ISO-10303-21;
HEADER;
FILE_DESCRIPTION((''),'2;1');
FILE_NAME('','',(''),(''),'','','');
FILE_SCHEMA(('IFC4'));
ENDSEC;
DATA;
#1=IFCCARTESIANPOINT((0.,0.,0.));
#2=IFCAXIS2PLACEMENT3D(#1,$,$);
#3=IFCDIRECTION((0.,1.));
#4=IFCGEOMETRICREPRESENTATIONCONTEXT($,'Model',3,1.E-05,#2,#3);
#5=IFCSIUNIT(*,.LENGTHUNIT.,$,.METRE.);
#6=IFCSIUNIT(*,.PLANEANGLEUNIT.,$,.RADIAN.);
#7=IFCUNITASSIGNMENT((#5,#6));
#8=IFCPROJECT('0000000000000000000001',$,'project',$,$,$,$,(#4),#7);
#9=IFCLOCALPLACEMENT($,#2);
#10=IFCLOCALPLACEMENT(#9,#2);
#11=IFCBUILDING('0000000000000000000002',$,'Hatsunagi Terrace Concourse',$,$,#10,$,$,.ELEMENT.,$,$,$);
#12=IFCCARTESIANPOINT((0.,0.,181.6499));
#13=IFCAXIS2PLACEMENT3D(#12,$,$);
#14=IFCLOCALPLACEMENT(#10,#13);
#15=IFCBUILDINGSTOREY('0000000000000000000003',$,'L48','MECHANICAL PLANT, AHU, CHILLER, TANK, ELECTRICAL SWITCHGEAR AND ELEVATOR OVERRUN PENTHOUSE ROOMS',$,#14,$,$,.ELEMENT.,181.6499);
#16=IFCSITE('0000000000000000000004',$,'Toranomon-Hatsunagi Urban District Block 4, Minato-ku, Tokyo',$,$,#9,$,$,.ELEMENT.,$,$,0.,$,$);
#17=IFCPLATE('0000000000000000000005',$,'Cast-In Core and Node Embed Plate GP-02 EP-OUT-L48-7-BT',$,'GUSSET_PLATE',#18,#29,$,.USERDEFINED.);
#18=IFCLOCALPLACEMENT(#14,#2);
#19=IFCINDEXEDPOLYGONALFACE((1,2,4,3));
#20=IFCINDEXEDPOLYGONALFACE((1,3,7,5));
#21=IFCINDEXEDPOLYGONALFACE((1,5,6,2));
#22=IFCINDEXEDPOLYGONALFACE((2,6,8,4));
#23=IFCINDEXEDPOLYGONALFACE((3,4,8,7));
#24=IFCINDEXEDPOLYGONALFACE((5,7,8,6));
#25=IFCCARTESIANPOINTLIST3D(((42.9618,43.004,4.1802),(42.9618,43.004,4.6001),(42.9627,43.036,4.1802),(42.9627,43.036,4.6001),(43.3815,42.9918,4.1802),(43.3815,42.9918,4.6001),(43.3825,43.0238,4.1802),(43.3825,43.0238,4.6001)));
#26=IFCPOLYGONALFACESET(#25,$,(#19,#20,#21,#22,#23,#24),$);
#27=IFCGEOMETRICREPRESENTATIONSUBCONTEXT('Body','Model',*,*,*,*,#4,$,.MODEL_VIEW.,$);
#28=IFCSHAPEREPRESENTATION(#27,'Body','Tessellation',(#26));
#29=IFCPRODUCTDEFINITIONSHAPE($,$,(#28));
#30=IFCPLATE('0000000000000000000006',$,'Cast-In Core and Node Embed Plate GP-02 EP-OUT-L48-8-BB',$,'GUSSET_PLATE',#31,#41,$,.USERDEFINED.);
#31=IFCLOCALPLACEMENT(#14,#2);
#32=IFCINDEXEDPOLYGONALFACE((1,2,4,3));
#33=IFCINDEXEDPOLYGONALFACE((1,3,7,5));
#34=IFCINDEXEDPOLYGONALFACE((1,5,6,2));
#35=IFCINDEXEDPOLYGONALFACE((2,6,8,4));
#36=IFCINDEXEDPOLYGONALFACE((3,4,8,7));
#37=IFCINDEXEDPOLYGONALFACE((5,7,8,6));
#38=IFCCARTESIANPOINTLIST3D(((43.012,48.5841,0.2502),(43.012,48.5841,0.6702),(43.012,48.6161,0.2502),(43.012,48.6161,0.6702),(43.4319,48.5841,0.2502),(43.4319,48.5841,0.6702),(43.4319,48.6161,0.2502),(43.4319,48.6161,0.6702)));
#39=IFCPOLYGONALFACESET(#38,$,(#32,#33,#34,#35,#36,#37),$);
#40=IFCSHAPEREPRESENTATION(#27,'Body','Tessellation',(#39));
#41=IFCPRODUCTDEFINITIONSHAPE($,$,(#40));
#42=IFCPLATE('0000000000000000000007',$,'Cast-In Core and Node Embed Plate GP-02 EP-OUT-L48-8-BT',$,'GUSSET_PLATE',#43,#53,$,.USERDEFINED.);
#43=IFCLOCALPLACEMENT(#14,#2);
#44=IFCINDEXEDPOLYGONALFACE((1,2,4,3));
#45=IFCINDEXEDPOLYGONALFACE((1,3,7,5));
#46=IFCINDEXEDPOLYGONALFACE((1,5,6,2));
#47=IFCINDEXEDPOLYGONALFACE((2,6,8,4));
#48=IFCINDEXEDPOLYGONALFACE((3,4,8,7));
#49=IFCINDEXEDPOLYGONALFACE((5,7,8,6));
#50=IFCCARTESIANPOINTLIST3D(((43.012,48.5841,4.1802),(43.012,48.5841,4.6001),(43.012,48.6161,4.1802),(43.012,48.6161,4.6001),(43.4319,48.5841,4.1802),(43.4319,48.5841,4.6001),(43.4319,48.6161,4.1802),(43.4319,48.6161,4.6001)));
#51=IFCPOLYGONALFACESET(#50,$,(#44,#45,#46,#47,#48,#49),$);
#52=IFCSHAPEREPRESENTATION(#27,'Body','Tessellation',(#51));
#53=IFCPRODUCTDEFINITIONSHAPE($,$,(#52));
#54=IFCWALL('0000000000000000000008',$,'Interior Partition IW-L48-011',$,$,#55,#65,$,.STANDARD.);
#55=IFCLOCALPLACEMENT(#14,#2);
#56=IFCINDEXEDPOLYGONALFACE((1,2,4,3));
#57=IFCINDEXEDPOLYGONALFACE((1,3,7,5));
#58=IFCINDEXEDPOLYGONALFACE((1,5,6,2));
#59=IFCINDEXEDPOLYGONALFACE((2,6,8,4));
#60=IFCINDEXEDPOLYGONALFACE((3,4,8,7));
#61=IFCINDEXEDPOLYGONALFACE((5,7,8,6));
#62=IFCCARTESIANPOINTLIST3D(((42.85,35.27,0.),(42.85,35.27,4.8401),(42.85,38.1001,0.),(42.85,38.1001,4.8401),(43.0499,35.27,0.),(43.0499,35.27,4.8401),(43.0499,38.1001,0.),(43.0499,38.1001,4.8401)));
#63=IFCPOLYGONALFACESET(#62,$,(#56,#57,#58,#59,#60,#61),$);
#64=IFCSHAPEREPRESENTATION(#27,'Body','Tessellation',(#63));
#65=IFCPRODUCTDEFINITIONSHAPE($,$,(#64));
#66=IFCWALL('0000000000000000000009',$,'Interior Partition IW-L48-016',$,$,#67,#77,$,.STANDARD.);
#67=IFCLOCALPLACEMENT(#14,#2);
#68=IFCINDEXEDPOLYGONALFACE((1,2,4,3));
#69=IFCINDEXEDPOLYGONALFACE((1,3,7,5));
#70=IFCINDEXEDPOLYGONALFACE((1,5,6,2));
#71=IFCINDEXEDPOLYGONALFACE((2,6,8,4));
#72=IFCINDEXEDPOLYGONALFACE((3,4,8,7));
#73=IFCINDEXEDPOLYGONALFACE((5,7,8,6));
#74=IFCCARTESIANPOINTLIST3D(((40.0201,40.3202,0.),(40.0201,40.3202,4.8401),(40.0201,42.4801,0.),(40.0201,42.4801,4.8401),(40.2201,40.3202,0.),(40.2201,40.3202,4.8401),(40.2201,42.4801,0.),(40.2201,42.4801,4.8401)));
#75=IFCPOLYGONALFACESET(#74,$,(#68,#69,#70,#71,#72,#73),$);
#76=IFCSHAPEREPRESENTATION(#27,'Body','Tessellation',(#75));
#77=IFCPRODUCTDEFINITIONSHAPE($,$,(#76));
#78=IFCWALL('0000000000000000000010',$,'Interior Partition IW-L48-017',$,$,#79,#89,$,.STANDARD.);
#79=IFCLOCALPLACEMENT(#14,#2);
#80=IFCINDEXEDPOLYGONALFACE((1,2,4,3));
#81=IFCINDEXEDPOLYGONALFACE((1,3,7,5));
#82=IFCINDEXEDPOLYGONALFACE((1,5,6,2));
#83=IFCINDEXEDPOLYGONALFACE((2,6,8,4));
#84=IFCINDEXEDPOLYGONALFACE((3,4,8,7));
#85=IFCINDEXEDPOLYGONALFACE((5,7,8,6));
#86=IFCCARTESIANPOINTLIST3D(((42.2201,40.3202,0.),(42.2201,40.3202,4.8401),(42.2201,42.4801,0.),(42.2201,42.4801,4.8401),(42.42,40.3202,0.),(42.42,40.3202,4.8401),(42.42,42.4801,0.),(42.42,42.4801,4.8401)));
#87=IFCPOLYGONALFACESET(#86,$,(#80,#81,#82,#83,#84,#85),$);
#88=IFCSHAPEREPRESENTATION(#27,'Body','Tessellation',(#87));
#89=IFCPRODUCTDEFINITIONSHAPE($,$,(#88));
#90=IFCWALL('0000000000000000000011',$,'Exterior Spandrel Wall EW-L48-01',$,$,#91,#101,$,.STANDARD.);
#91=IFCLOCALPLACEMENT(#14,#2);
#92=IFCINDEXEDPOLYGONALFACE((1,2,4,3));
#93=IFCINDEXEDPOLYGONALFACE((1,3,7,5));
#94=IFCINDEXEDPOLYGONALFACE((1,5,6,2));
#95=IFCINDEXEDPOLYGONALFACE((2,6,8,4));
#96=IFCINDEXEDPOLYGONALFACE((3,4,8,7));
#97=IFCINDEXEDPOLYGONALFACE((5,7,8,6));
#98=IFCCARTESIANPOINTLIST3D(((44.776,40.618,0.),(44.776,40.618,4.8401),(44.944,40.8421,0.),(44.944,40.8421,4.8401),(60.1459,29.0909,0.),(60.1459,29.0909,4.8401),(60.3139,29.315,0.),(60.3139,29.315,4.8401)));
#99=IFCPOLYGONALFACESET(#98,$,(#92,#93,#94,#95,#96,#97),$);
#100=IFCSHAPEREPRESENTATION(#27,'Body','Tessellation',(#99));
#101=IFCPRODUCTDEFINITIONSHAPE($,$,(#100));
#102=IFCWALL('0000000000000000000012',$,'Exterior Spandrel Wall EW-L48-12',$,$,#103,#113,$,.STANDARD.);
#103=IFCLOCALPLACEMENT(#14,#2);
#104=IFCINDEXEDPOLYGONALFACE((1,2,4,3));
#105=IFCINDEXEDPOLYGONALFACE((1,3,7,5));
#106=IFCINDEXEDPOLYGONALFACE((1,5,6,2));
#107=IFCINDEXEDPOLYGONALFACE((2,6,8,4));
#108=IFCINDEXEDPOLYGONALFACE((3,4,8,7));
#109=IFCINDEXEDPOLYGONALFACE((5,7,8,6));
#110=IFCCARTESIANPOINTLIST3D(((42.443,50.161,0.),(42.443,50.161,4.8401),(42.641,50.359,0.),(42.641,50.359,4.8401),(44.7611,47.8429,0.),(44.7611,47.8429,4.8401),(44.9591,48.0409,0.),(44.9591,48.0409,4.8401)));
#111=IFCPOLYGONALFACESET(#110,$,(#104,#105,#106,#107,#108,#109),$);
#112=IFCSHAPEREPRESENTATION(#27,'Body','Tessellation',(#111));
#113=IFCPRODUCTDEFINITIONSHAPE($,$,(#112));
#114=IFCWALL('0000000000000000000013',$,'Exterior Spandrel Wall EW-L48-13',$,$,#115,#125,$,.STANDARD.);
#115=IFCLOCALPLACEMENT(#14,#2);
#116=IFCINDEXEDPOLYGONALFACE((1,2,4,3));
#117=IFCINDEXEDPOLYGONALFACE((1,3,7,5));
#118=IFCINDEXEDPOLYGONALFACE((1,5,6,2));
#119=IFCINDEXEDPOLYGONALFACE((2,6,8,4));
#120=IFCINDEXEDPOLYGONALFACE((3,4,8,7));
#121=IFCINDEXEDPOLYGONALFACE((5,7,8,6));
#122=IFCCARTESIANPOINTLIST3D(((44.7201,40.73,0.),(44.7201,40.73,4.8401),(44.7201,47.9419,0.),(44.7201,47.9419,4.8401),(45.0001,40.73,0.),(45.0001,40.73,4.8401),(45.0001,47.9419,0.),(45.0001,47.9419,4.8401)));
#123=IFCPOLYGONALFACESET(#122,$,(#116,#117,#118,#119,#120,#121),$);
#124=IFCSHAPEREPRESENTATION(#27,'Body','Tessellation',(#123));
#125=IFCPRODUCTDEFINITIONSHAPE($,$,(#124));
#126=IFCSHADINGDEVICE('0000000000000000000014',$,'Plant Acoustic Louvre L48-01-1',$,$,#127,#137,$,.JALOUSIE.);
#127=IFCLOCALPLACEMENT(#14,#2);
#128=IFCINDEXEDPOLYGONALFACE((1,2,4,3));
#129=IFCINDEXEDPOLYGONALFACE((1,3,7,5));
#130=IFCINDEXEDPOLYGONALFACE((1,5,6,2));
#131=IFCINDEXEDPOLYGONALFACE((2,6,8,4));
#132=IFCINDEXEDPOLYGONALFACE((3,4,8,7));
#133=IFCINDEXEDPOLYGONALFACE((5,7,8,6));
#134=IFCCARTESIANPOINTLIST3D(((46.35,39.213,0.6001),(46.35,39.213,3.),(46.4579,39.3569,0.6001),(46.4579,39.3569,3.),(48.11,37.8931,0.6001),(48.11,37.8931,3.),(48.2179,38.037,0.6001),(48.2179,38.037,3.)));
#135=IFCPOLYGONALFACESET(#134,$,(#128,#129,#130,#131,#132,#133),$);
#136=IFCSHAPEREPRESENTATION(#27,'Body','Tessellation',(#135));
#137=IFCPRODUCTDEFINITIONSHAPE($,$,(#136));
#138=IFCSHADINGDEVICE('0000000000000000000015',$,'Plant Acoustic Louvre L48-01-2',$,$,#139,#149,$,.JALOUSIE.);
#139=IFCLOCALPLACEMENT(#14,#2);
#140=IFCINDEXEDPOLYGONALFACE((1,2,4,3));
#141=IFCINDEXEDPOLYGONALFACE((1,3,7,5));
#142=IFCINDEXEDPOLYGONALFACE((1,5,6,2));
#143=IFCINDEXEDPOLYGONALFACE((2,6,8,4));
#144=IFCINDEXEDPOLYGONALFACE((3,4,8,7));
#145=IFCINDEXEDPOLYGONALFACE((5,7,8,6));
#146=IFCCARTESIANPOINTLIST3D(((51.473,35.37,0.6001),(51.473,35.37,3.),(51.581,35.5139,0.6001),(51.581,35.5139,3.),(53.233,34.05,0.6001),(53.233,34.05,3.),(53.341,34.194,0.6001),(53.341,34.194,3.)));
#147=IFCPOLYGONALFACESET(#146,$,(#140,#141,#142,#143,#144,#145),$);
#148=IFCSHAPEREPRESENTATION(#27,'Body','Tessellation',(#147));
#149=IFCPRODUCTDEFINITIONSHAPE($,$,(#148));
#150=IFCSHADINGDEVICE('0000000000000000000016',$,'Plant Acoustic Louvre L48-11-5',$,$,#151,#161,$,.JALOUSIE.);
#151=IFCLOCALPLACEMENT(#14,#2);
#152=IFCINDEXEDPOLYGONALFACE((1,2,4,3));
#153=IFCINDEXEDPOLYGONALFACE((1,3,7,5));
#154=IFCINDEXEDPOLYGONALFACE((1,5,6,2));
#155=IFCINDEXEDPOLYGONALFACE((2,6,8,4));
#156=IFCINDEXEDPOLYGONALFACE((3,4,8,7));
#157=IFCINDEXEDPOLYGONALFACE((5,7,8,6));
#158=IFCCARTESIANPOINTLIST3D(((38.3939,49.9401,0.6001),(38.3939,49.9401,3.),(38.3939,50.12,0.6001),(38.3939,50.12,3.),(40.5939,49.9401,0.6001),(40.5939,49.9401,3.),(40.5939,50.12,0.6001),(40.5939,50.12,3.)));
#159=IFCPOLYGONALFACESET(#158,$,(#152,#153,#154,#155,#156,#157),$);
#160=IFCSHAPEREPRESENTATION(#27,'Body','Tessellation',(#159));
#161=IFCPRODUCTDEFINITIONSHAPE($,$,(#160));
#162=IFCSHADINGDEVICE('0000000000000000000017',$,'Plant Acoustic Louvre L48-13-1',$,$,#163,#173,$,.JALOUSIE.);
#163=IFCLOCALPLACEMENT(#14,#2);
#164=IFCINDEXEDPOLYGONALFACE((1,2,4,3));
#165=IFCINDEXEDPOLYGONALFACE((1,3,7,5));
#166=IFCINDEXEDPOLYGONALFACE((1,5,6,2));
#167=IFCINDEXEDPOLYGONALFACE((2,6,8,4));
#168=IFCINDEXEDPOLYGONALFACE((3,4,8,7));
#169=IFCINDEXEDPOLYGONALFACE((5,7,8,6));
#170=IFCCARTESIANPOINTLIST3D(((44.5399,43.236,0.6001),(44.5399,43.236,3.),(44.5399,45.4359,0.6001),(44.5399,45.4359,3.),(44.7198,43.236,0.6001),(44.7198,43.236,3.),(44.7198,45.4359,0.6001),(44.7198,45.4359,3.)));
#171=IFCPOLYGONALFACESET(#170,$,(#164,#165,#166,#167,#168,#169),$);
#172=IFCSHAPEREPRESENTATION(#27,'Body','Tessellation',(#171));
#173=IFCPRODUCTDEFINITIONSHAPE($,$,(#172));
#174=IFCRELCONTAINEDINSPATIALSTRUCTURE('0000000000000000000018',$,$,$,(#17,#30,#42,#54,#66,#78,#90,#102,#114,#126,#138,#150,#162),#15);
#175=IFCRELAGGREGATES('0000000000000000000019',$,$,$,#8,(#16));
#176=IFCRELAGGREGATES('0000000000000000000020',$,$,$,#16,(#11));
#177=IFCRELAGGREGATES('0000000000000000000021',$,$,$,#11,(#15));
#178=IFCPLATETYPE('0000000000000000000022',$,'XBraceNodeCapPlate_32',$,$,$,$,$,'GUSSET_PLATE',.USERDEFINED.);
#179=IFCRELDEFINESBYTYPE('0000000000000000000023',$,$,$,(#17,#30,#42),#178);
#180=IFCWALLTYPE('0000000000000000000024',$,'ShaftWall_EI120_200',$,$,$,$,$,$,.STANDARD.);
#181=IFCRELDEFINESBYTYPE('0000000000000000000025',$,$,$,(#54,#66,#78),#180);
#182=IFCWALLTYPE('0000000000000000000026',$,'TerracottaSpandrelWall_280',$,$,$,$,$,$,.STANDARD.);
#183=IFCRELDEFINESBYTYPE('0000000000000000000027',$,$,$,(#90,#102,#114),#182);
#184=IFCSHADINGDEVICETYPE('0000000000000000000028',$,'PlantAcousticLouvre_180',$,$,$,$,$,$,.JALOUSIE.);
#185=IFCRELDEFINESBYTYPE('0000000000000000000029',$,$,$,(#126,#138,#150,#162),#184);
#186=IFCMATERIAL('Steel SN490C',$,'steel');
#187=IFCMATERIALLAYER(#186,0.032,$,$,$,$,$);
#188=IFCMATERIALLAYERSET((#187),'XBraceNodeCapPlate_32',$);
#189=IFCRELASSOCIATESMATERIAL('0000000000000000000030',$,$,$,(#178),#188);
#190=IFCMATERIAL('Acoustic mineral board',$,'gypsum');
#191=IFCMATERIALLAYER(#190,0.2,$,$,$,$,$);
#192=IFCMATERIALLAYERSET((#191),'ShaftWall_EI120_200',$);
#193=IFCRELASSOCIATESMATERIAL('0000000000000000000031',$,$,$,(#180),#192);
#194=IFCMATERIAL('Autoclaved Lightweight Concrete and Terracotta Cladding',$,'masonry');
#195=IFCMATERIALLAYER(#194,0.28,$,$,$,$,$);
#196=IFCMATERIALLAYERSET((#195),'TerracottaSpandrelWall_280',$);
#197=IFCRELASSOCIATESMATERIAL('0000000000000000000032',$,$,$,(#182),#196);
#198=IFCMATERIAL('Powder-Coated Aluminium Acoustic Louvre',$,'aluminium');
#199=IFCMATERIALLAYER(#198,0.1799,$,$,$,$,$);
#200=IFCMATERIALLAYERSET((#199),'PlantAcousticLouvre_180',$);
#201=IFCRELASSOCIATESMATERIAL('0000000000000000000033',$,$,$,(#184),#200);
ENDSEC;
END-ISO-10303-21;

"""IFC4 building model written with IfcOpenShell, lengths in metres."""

from ifc_helpers import new_model, si_unit, direction, frame, frame_2d, origin, origin_2d, place, context, subcontext, project, spatial, rectangle, extrude, material, layer, layer_set, type_object, element, save


model = new_model("IFC4")

# Units and contexts
model_context = context("Model", 3, precision=1e-05, world=origin(), true_north=direction((0.0, 1.0)))
body_context = subcontext(model_context, "Body", "Model", "MODEL_VIEW")
ifc_project = project(units=[si_unit("LENGTHUNIT", "METRE"), si_unit("PLANEANGLEUNIT", "RADIAN")], contexts=[model_context])

# Site, building, storey
site_placement = place(None, origin())
site = spatial("IfcSite", under=ifc_project, at=site_placement, Name="Toranomon-Hatsunagi Urban District Block 4, Minato-ku, Tokyo", CompositionType="ELEMENT", RefElevation=0.0)
building_placement = place(site_placement, origin())
building = spatial("IfcBuilding", under=site, at=building_placement, Name="Hatsunagi Terrace Concourse", CompositionType="ELEMENT")
storey_placement = place(building_placement, frame((0.0, 0.0, 181.6499)))
storey = spatial("IfcBuildingStorey", under=building, at=storey_placement, Name="L48", Description="MECHANICAL PLANT, AHU, CHILLER, TANK, ELECTRICAL SWITCHGEAR AND ELEVATOR OVERRUN PENTHOUSE ROOMS", CompositionType="ELEMENT", Elevation=181.6499)

# Plates
ifc_material_1 = material(Name="Steel SN490C", Category="steel")
ifc_layer_1 = layer(ifc_material_1, 0.032)
ifc_layer_set_1 = layer_set([ifc_layer_1], Name="XBraceNodeCapPlate_32")
plate_type_1 = type_object("IfcPlateType", Name="XBraceNodeCapPlate_32", ElementType="GUSSET_PLATE", PredefinedType="USERDEFINED", material=ifc_layer_set_1)
for number, where, z_axis, x_axis, name in (
    (1, (43.1721, 43.0139, 4.1802), (0.0, 0.0, 1.0), (0.999576, -0.029113, 0.0), "Cast-In Core and Node Embed Plate GP-02 EP-OUT-L48-7-BT"),
    (2, (43.2219, 48.6001, 0.2502), (0.0, 0.0, 1.0), (1.0, 0.0, 0.0), "Cast-In Core and Node Embed Plate GP-02 EP-OUT-L48-8-BB"),
    (3, (43.2219, 48.6001, 4.1802), (0.0, 0.0, 1.0), (1.0, 0.0, 0.0), "Cast-In Core and Node Embed Plate GP-02 EP-OUT-L48-8-BT"),
):
    element("IfcPlate", number, at=place(storey_placement, frame(where, z_axis=z_axis, x_axis=x_axis)), inside=storey, type_object=plate_type_1, Name=name, ObjectType="GUSSET_PLATE", PredefinedType="USERDEFINED", context=body_context, shape_type="SweptSolid", body=[
        extrude(rectangle(XDim=0.4199, YDim=0.032, at=origin_2d()), origin(), (0.0, 0.0, 1.0), 0.4199),
    ])

# Walls
ifc_material_2 = material(Name="Acoustic mineral board", Category="gypsum")
ifc_layer_2 = layer(ifc_material_2, 0.2)
ifc_layer_set_2 = layer_set([ifc_layer_2], Name="ShaftWall_EI120_200")
wall_type_1 = type_object("IfcWallType", Name="ShaftWall_EI120_200", PredefinedType="STANDARD", material=ifc_layer_set_2)
wall_1_placement = place(storey_placement, frame((42.95, 35.27, 0.0), z_axis=(0.0, 0.0, 1.0), x_axis=(0.0, 1.0, 0.0)))
element("IfcWall", 4, at=wall_1_placement, inside=storey, type_object=wall_type_1, Name="Interior Partition IW-L48-011", PredefinedType="STANDARD", context=body_context, shape_type="SweptSolid", body=[
    extrude(rectangle(XDim=2.8301, YDim=0.2, at=frame_2d((1.415, 0.0))), origin(), (0.0, 0.0, 1.0), 4.8401),
])
for number, where, z_axis, x_axis, name in (
    (5, (40.1201, 40.3201, 0.0), (0.0, 0.0, 1.0), (0.0, 1.0, 0.0), "Interior Partition IW-L48-016"),
    (6, (42.3201, 40.3201, 0.0), (0.0, 0.0, 1.0), (0.0, 1.0, 0.0), "Interior Partition IW-L48-017"),
):
    element("IfcWall", number, at=place(storey_placement, frame(where, z_axis=z_axis, x_axis=x_axis)), inside=storey, type_object=wall_type_1, Name=name, PredefinedType="STANDARD", context=body_context, shape_type="SweptSolid", body=[
        extrude(rectangle(XDim=2.1599, YDim=0.2, at=frame_2d((1.0801, 0.0))), origin(), (0.0, 0.0, 1.0), 4.8401),
    ])
ifc_material_3 = material(Name="Autoclaved Lightweight Concrete and Terracotta Cladding", Category="masonry")
ifc_layer_3 = layer(ifc_material_3, 0.28)
ifc_layer_set_3 = layer_set([ifc_layer_3], Name="TerracottaSpandrelWall_280")
wall_type_2 = type_object("IfcWallType", Name="TerracottaSpandrelWall_280", PredefinedType="STANDARD", material=ifc_layer_set_3)
wall_2_placement = place(storey_placement, frame((44.8601, 40.73, 0.0), z_axis=(0.0, 0.0, 1.0), x_axis=(0.800008, -0.59999, 0.0)))
element("IfcWall", 7, at=wall_2_placement, inside=storey, type_object=wall_type_2, Name="Exterior Spandrel Wall EW-L48-01", PredefinedType="STANDARD", context=body_context, shape_type="SweptSolid", body=[
    extrude(rectangle(XDim=19.2122, YDim=0.28, at=frame_2d((9.606, 0.0))), origin(), (0.0, 0.0, 1.0), 4.8401),
])
wall_3_placement = place(storey_placement, frame((42.542, 50.26, 0.0), z_axis=(0.0, 0.0, 1.0), x_axis=(0.707107, -0.707107, 0.0)))
element("IfcWall", 8, at=wall_3_placement, inside=storey, type_object=wall_type_2, Name="Exterior Spandrel Wall EW-L48-12", PredefinedType="STANDARD", context=body_context, shape_type="SweptSolid", body=[
    extrude(rectangle(XDim=3.2783, YDim=0.28, at=frame_2d((1.6392, 0.0))), origin(), (0.0, 0.0, 1.0), 4.8401),
])
wall_4_placement = place(storey_placement, frame((44.8601, 47.9419, 0.0), z_axis=(0.0, 0.0, 1.0), x_axis=(0.0, -1.0, 0.0)))
element("IfcWall", 9, at=wall_4_placement, inside=storey, type_object=wall_type_2, Name="Exterior Spandrel Wall EW-L48-13", PredefinedType="STANDARD", context=body_context, shape_type="SweptSolid", body=[
    extrude(rectangle(XDim=7.2119, YDim=0.28, at=frame_2d((3.606, 0.0))), origin(), (0.0, 0.0, 1.0), 4.8401),
])

# Shading devices
ifc_material_4 = material(Name="Powder-Coated Aluminium Acoustic Louvre", Category="aluminium")
ifc_layer_4 = layer(ifc_material_4, 0.1799)
ifc_layer_set_4 = layer_set([ifc_layer_4], Name="PlantAcousticLouvre_180")
shading_device_type = type_object("IfcShadingDeviceType", Name="PlantAcousticLouvre_180", PredefinedType="JALOUSIE", material=ifc_layer_set_4)
for number, where, z_axis, x_axis, name in (
    (10, (47.2839, 38.625, 0.6001), (0.0, 0.0, 1.0), (0.800013, -0.599983, 0.0), "Plant Acoustic Louvre L48-01-1"),
    (11, (52.407, 34.782, 0.6001), (0.0, 0.0, 1.0), (0.800013, -0.599983, 0.0), "Plant Acoustic Louvre L48-01-2"),
    (12, (39.4939, 50.03, 0.6001), (0.0, 0.0, 1.0), (1.0, 0.0, 0.0), "Plant Acoustic Louvre L48-11-5"),
    (13, (44.6299, 44.3359, 0.6001), (0.0, 0.0, 1.0), (0.0, -1.0, 0.0), "Plant Acoustic Louvre L48-13-1"),
):
    element("IfcShadingDevice", number, at=place(storey_placement, frame(where, z_axis=z_axis, x_axis=x_axis)), inside=storey, type_object=shading_device_type, Name=name, PredefinedType="JALOUSIE", context=body_context, shape_type="SweptSolid", body=[
        extrude(rectangle(XDim=2.2, YDim=0.1799, at=origin_2d()), origin(), (0.0, 0.0, 1.0), 2.3999),
    ])

save(model, "model.ifc")
